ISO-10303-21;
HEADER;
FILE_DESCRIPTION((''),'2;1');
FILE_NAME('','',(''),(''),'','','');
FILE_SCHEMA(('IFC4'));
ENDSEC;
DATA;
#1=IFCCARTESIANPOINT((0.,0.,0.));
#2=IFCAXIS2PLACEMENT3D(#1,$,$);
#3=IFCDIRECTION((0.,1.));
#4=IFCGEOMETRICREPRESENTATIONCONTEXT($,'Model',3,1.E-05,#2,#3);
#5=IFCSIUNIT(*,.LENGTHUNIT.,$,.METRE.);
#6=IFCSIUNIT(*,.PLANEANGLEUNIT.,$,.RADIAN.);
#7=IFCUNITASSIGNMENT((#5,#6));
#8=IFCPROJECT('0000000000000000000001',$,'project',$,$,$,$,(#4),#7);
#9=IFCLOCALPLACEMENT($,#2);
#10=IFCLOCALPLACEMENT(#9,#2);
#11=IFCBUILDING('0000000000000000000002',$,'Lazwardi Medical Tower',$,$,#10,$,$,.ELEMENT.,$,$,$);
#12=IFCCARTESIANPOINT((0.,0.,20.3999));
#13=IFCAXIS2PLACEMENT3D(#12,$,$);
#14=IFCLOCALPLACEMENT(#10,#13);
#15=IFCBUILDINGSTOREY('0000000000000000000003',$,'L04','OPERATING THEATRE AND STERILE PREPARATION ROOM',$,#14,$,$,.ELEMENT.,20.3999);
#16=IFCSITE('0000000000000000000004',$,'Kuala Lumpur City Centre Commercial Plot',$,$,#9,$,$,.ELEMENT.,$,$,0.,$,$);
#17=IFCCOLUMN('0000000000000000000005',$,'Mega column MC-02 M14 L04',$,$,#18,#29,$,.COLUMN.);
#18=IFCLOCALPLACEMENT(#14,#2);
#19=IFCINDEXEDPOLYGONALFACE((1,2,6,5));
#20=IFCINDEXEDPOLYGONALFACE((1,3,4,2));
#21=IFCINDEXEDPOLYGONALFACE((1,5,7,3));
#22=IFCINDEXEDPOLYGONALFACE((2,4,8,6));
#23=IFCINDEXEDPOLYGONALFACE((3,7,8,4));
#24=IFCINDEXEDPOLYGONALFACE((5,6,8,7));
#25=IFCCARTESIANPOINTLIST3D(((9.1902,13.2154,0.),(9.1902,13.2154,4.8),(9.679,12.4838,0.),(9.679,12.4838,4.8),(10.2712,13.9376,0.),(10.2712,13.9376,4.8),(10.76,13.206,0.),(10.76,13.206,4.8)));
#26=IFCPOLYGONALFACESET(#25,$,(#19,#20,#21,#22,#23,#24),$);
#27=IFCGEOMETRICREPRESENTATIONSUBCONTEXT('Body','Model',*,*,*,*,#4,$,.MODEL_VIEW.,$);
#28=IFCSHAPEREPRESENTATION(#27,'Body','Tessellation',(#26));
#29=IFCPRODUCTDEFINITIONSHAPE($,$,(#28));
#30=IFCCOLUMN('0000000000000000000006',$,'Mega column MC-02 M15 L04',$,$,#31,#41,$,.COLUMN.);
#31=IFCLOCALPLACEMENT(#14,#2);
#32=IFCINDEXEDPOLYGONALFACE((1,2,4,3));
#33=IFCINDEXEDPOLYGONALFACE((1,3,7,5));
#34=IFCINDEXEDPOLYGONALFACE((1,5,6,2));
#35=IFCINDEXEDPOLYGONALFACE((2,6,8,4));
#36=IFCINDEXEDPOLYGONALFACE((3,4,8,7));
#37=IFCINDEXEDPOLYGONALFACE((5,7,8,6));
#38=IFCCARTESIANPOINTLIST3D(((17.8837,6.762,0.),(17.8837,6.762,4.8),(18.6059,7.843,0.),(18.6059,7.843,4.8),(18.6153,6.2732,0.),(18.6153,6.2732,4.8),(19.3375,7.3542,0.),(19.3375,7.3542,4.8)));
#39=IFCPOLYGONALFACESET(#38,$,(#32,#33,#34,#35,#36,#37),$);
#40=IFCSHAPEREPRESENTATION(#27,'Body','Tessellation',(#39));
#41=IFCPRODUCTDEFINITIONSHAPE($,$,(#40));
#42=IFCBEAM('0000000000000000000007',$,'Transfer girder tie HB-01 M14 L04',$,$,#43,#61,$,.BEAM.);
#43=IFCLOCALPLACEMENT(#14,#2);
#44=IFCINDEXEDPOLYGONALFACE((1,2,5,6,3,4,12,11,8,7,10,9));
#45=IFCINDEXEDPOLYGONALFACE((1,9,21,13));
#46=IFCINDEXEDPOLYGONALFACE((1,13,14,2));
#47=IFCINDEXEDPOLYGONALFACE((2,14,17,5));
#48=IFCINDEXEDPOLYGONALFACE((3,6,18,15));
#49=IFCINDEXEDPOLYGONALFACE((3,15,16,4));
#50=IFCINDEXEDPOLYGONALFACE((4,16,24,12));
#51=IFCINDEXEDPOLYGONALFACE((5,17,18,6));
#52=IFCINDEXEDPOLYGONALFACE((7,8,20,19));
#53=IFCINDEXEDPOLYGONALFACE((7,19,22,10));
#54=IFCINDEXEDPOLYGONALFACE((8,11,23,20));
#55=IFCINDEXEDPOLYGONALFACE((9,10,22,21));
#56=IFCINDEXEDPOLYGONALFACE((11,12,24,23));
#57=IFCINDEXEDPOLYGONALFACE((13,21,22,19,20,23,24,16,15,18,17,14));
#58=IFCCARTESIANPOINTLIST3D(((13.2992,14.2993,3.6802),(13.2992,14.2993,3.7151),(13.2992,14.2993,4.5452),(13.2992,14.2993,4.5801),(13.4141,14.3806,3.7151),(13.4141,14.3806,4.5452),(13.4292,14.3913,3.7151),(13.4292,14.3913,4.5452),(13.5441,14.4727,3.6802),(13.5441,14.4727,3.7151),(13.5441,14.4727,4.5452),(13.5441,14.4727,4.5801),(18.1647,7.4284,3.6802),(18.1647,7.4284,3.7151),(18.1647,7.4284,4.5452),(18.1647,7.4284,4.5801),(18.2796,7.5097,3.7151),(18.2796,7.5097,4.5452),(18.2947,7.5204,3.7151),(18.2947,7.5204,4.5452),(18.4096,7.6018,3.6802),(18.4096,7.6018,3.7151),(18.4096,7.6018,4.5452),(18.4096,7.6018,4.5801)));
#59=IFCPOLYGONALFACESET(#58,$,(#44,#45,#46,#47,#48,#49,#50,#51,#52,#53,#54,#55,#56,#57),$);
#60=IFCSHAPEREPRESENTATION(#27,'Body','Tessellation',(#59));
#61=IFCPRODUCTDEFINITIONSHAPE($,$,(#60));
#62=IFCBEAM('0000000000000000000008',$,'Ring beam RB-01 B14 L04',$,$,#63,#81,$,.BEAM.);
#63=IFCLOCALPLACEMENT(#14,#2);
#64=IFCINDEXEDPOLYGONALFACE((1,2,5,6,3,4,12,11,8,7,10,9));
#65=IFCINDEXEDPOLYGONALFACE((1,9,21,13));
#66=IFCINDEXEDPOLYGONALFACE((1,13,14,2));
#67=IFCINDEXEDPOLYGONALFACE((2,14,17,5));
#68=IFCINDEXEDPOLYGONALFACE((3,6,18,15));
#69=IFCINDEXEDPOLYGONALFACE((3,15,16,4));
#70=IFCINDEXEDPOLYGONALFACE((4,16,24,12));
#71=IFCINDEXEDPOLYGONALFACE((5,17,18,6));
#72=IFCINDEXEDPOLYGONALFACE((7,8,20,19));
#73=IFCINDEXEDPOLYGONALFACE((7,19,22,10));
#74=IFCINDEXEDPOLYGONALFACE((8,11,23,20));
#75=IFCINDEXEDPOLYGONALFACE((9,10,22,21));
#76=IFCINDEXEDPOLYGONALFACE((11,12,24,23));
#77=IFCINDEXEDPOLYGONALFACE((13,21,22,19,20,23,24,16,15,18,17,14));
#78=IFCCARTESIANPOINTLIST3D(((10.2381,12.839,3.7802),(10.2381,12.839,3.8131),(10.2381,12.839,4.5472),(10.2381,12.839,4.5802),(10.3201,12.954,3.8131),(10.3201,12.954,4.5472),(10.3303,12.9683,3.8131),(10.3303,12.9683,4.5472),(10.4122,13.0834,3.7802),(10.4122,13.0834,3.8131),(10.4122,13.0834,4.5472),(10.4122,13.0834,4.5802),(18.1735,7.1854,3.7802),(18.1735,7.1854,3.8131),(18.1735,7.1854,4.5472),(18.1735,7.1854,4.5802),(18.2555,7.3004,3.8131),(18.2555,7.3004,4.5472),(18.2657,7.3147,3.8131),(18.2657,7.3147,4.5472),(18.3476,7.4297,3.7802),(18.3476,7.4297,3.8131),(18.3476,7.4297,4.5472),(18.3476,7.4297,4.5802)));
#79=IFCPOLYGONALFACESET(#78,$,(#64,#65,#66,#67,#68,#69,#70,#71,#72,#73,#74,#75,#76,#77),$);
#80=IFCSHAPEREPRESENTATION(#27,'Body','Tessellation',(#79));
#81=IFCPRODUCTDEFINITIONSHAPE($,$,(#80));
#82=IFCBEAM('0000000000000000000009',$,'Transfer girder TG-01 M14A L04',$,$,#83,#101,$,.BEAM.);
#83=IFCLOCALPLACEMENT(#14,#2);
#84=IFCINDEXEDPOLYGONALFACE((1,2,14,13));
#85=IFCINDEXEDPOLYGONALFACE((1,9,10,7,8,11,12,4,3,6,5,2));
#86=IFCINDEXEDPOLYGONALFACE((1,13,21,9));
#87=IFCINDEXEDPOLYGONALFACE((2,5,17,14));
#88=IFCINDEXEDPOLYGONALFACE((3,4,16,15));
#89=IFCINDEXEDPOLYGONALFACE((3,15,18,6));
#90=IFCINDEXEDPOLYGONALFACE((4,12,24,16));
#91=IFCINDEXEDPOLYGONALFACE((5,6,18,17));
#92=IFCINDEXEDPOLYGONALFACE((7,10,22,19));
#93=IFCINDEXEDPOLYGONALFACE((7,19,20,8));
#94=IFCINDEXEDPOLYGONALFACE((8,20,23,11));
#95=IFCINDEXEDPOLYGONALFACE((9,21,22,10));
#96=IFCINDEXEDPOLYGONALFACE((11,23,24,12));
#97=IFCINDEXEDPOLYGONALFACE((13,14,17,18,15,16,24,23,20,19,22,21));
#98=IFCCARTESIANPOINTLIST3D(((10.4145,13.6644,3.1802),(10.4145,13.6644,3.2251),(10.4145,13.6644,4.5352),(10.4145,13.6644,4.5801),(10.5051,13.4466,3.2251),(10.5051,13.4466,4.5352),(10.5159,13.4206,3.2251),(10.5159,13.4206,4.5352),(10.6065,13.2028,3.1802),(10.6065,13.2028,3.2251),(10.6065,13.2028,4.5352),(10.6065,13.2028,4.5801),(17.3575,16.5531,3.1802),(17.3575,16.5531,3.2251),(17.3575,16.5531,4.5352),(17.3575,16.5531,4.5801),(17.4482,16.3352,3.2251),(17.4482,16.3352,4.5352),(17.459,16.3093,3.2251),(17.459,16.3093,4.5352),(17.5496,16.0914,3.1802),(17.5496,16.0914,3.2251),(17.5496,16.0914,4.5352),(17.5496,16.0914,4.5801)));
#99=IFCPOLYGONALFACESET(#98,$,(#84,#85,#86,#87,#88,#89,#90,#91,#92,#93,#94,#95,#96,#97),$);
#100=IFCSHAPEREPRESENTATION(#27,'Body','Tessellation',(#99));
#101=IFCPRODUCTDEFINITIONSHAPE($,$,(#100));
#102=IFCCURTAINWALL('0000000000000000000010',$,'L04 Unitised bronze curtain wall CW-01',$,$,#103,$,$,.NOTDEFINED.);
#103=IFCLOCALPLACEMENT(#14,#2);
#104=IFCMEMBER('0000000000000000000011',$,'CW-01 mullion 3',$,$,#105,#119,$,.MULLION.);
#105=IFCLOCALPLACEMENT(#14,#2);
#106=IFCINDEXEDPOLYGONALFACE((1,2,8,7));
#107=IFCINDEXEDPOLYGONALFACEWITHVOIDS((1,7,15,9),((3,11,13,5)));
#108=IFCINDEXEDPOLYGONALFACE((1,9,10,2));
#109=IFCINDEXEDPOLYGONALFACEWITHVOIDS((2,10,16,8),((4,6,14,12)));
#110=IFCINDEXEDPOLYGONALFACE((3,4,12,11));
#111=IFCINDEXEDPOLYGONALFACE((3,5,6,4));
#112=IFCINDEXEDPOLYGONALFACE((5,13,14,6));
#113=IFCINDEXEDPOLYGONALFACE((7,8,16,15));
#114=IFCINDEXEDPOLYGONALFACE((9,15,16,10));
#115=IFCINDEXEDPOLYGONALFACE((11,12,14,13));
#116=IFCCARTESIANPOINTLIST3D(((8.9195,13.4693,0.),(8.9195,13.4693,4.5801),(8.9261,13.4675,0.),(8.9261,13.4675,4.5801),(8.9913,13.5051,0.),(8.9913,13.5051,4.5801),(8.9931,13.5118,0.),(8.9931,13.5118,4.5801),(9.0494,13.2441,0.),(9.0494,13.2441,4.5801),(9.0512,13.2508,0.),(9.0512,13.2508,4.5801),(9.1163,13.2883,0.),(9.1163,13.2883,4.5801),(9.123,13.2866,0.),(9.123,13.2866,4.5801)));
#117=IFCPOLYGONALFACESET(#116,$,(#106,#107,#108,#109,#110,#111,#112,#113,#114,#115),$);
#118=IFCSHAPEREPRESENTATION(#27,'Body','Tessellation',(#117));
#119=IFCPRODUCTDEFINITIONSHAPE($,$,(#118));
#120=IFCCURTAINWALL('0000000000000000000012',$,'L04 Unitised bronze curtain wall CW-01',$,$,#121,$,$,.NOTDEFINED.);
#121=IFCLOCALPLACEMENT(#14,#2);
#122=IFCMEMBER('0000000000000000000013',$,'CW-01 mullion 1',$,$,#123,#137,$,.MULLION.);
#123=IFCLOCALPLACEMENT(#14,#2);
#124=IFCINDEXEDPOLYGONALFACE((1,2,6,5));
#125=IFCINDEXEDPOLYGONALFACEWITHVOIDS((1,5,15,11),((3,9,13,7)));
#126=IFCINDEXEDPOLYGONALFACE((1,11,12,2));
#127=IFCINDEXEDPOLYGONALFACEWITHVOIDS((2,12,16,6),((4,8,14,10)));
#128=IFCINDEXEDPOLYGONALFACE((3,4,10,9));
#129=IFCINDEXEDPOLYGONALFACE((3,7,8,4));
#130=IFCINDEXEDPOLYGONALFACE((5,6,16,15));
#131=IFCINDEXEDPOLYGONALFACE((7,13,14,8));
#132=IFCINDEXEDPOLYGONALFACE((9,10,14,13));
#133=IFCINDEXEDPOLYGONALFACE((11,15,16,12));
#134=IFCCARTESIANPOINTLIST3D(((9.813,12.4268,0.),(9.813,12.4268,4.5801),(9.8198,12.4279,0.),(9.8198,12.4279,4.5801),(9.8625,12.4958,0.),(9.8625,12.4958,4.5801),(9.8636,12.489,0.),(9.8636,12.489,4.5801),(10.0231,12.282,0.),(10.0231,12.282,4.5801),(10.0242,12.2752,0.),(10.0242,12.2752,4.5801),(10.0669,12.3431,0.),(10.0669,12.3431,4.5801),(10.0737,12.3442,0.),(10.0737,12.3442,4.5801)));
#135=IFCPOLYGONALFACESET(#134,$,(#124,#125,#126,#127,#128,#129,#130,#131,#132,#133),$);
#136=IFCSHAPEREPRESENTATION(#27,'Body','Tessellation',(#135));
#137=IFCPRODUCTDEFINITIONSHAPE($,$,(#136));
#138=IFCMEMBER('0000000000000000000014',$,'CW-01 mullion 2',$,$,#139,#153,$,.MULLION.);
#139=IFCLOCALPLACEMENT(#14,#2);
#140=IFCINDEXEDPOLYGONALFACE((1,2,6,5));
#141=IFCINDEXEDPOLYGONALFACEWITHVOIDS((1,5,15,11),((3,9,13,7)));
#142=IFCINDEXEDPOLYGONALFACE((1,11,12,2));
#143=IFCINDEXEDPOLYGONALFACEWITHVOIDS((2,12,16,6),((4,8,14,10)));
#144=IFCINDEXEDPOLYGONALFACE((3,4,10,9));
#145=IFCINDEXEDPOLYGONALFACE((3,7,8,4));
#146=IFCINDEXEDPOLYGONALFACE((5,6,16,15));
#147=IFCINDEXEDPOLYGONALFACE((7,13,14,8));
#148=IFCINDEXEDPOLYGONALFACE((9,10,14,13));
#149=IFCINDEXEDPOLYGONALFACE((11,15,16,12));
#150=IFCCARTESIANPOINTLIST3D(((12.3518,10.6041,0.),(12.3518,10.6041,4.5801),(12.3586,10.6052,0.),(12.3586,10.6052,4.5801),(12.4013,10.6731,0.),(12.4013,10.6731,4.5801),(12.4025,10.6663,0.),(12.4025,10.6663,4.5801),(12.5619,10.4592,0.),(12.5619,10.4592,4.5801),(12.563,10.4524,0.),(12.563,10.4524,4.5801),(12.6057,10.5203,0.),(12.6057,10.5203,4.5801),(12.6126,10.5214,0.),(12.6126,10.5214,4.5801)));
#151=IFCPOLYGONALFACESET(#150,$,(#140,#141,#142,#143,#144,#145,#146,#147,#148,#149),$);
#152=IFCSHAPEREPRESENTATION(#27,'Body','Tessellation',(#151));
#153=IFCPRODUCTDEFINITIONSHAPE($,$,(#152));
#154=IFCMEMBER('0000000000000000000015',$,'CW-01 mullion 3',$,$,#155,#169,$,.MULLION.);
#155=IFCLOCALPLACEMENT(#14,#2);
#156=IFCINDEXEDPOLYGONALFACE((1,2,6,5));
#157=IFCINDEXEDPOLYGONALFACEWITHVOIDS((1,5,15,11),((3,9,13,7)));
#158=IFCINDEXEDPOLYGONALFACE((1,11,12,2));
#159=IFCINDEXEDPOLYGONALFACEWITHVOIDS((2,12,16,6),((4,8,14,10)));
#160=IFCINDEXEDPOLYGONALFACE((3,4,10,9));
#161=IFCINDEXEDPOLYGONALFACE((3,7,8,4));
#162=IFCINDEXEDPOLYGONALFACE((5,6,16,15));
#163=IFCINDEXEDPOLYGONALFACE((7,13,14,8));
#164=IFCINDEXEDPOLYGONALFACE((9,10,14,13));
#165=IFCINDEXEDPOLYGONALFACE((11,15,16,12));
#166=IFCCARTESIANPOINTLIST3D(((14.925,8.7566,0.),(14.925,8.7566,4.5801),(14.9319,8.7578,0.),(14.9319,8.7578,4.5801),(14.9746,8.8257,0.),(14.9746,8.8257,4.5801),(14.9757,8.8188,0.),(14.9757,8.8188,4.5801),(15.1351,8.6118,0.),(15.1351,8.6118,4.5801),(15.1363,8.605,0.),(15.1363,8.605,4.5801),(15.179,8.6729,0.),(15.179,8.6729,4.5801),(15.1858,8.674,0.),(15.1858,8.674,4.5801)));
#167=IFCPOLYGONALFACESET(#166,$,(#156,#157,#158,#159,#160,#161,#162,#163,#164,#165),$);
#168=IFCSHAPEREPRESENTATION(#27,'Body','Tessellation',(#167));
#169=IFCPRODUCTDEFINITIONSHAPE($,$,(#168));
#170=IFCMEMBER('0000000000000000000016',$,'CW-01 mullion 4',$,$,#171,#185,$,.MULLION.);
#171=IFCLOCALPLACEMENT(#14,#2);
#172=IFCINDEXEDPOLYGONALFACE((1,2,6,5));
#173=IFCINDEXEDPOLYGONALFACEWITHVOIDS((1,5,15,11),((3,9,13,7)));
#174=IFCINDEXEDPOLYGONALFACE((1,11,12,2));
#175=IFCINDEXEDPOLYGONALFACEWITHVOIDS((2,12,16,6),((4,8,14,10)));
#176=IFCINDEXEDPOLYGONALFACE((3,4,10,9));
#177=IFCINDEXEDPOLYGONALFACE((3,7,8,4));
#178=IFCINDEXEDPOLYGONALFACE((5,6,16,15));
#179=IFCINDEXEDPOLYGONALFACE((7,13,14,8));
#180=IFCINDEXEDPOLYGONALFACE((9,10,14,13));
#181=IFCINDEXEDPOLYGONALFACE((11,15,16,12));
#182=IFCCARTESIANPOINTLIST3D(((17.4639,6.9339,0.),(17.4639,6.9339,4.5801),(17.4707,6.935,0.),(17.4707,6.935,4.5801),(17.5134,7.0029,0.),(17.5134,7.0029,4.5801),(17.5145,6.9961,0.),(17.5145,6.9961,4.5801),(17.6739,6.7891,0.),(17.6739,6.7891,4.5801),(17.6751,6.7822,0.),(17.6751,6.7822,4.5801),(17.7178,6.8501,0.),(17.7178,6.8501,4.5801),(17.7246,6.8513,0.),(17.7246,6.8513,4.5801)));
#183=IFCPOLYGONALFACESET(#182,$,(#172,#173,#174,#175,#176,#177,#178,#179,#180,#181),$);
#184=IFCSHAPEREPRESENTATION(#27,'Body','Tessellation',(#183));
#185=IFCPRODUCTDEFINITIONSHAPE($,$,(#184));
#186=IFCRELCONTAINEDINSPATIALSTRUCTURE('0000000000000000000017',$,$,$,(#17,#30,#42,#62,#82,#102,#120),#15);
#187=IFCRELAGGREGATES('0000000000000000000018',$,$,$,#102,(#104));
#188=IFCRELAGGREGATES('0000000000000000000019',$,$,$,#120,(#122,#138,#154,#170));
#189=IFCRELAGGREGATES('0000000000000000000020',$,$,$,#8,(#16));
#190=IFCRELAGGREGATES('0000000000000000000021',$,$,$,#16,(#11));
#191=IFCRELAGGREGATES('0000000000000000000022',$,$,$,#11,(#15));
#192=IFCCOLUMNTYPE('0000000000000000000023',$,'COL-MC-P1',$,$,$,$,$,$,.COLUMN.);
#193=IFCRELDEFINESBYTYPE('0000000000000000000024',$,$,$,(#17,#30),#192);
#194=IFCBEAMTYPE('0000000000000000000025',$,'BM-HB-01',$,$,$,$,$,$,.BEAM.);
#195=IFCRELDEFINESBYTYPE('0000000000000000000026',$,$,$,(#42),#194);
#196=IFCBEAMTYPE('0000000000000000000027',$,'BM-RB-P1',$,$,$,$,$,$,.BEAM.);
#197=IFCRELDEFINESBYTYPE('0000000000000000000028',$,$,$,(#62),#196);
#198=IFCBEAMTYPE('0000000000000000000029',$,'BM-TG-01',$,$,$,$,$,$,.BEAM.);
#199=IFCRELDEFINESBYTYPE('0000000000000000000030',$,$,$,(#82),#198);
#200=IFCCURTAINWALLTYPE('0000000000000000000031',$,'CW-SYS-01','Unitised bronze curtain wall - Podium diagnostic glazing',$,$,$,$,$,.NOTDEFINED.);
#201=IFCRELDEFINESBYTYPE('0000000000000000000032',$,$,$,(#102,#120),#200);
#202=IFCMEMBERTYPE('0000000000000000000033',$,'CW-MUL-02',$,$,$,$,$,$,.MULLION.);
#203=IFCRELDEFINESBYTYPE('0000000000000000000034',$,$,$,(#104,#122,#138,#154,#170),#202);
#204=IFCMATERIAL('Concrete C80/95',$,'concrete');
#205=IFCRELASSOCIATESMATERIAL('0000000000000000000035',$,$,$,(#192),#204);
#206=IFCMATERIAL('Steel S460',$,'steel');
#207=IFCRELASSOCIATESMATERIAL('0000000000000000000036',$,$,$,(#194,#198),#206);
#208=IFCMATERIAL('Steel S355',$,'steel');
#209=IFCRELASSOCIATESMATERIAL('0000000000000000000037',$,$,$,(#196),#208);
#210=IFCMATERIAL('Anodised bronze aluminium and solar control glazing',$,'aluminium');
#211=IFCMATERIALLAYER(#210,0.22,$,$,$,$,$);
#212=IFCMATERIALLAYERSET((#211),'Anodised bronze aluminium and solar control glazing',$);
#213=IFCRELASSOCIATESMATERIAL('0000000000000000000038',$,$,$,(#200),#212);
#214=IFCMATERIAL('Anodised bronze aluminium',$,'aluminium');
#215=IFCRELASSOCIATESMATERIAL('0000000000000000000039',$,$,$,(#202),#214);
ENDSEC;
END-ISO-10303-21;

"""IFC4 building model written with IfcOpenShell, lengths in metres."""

from ifc_helpers import new_model, si_unit, direction, frame, origin, origin_2d, place, context, subcontext, project, spatial, rectangle, hollow_rectangle, i_section, extrude, material, layer, layer_set, material_profile, profile_set, type_object, element, aggregate, save


model = new_model("IFC4")

# Units and contexts
model_context = context("Model", 3, precision=1e-05, world=origin(), true_north=direction((0.0, 1.0)))
body_context = subcontext(model_context, "Body", "Model", "MODEL_VIEW")
ifc_project = project(units=[si_unit("LENGTHUNIT", "METRE"), si_unit("PLANEANGLEUNIT", "RADIAN")], contexts=[model_context])

# Site, building, storey
site_placement = place(None, origin())
site = spatial("IfcSite", under=ifc_project, at=site_placement, Name="Kuala Lumpur City Centre Commercial Plot", CompositionType="ELEMENT", RefElevation=0.0)
building_placement = place(site_placement, origin())
building = spatial("IfcBuilding", under=site, at=building_placement, Name="Lazwardi Medical Tower", CompositionType="ELEMENT")
storey_placement = place(building_placement, frame((0.0, 0.0, 20.3999)))
storey = spatial("IfcBuildingStorey", under=building, at=storey_placement, Name="L04", Description="OPERATING THEATRE AND STERILE PREPARATION ROOM", CompositionType="ELEMENT", Elevation=20.3999)

# Columns
ifc_material_1 = material(Name="Concrete C80/95", Category="concrete")
ifc_material_profile_1 = material_profile(ifc_material_1, rectangle(XDim=1.3, YDim=0.8799, at=origin_2d()), Name="CFT-RECT 1300x880")
ifc_profile_set_1 = profile_set([ifc_material_profile_1], Name="Concrete C80/95")
column_type = type_object("IfcColumnType", Name="COL-MC-P1", PredefinedType="COLUMN", material=ifc_profile_set_1)
for number, where, z_axis, x_axis, name in (
    (1, (9.9751, 13.2107, 0.0), (0.0, 0.0, 1.0), (-0.83147, -0.55557, 0.0), "Mega column MC-02 M14 L04"),
    (2, (18.6106, 7.0581, 0.0), (0.0, 0.0, 1.0), (-0.55557, -0.83147, 0.0), "Mega column MC-02 M15 L04"),
):
    element("IfcColumn", number, at=place(storey_placement, frame(where, z_axis=z_axis, x_axis=x_axis)), inside=storey, type_object=column_type, Name=name, PredefinedType="COLUMN", context=body_context, shape_type="SweptSolid", body=[
        extrude(rectangle(XDim=1.3, YDim=0.8799, at=origin_2d()), origin(), (0.0, 0.0, 1.0), 4.8),
    ])

# Beams
ifc_material_2 = material(Name="Steel S460", Category="steel")
ifc_material_profile_2 = material_profile(ifc_material_2, i_section(OverallWidth=0.3, OverallDepth=0.8999, WebThickness=0.0186, FlangeThickness=0.0349, at=origin_2d()), Name="HEB 900")
ifc_profile_set_2 = profile_set([ifc_material_profile_2], Name="Steel S460")
beam_type_1 = type_object("IfcBeamType", Name="BM-HB-01", PredefinedType="BEAM", material=ifc_profile_set_2)
beam_1_placement = place(storey_placement, frame((13.4216, 14.386, 4.1301), z_axis=(0.577909, -0.816101, 0.0), x_axis=(0.816101, 0.577909, 0.0)))
element("IfcBeam", 3, at=beam_1_placement, inside=storey, type_object=beam_type_1, Name="Transfer girder tie HB-01 M14 L04", PredefinedType="BEAM", context=body_context, shape_type="SweptSolid", body=[
    extrude(i_section(OverallWidth=0.3, OverallDepth=0.8999, WebThickness=0.0186, FlangeThickness=0.0349, at=origin_2d()), origin(), (0.0, 0.0, 1.0), 8.4192),
])
ifc_material_3 = material(Name="Steel S355", Category="steel")
ifc_material_profile_3 = material_profile(ifc_material_3, i_section(OverallWidth=0.3, OverallDepth=0.8, WebThickness=0.0176, FlangeThickness=0.033, at=origin_2d()), Name="HEB 800")
ifc_profile_set_3 = profile_set([ifc_material_profile_3], Name="Steel S355")
beam_type_2 = type_object("IfcBeamType", Name="BM-RB-P1", PredefinedType="BEAM", material=ifc_profile_set_3)
beam_2_placement = place(storey_placement, frame((10.3252, 12.9612, 4.1802), z_axis=(0.814437, -0.580252, 0.0), x_axis=(0.580252, 0.814437, 0.0)))
element("IfcBeam", 4, at=beam_2_placement, inside=storey, type_object=beam_type_2, Name="Ring beam RB-01 B14 L04", PredefinedType="BEAM", context=body_context, shape_type="SweptSolid", body=[
    extrude(i_section(OverallWidth=0.3, OverallDepth=0.8, WebThickness=0.0176, FlangeThickness=0.033, at=origin_2d()), origin(), (0.0, 0.0, 1.0), 9.7434),
])
ifc_material_profile_4 = material_profile(ifc_material_2, i_section(OverallWidth=0.5, OverallDepth=1.3999, WebThickness=0.0281, FlangeThickness=0.0449, at=origin_2d()), Name="PG 1400x500")
ifc_profile_set_4 = profile_set([ifc_material_profile_4], Name="Steel S460")
beam_type_3 = type_object("IfcBeamType", Name="BM-TG-01", PredefinedType="BEAM", material=ifc_profile_set_4)
beam_3_placement = place(storey_placement, frame((10.5105, 13.4336, 3.8801), z_axis=(0.923279, 0.384129, 0.0), x_axis=(-0.384129, 0.923279, 0.0)))
element("IfcBeam", 5, at=beam_3_placement, inside=storey, type_object=beam_type_3, Name="Transfer girder TG-01 M14A L04", PredefinedType="BEAM", context=body_context, shape_type="SweptSolid", body=[
    extrude(i_section(OverallWidth=0.5, OverallDepth=1.3999, WebThickness=0.0281, FlangeThickness=0.0449, at=origin_2d()), origin(), (0.0, 0.0, 1.0), 7.52),
])

# Curtain wall, member
ifc_material_4 = material(Name="Anodised bronze aluminium and solar control glazing", Category="aluminium")
ifc_layer_1 = layer(ifc_material_4, 0.22)
ifc_layer_set_1 = layer_set([ifc_layer_1], Name="Anodised bronze aluminium and solar control glazing")
curtain_wall_type = type_object("IfcCurtainWallType", Name="CW-SYS-01", Description="Unitised bronze curtain wall - Podium diagnostic glazing", PredefinedType="NOTDEFINED", material=ifc_layer_set_1)
curtain_wall_1_placement = place(storey_placement, origin())
curtain_wall_1 = element("IfcCurtainWall", 6, at=curtain_wall_1_placement, inside=storey, type_object=curtain_wall_type, Name="L04 Unitised bronze curtain wall CW-01", PredefinedType="NOTDEFINED")
ifc_material_5 = material(Name="Anodised bronze aluminium", Category="aluminium")
ifc_material_profile_5 = material_profile(ifc_material_5, hollow_rectangle(XDim=0.085, YDim=0.26, WallThickness=0.0049, at=origin_2d()), Name="ALU-MULLION 260x85x5")
ifc_profile_set_5 = profile_set([ifc_material_profile_5], Name="Anodised bronze aluminium")
member_type_1 = type_object("IfcMemberType", Name="CW-MUL-02", PredefinedType="MULLION", material=ifc_profile_set_5)
member_1_placement = place(storey_placement, frame((9.0212, 13.3779, 0.0), z_axis=(0.0, 0.0, 1.0), x_axis=(0.866181, 0.499731, 0.0)))
member_1 = element("IfcMember", 7, at=member_1_placement, type_object=member_type_1, Name="CW-01 mullion 3", PredefinedType="MULLION", context=body_context, shape_type="SweptSolid", body=[
    extrude(hollow_rectangle(XDim=0.085, YDim=0.26, WallThickness=0.0049, at=origin_2d()), origin(), (0.0, 0.0, 1.0), 4.5801),
])
aggregate(curtain_wall_1, [member_1])

# Curtain wall, members
curtain_wall_2_placement = place(storey_placement, origin())
curtain_wall_2 = element("IfcCurtainWall", 8, at=curtain_wall_2_placement, inside=storey, type_object=curtain_wall_type, Name="L04 Unitised bronze curtain wall CW-01", PredefinedType="NOTDEFINED")
member_2_placement = place(storey_placement, frame((9.9434, 12.3855, 0.0), z_axis=(0.0, 0.0, 1.0), x_axis=(0.583214, 0.812318, 0.0)))
member_2 = element("IfcMember", 9, at=member_2_placement, type_object=member_type_1, Name="CW-01 mullion 1", PredefinedType="MULLION", context=body_context, shape_type="SweptSolid", body=[
    extrude(hollow_rectangle(XDim=0.085, YDim=0.26, WallThickness=0.0049, at=origin_2d()), origin(), (0.0, 0.0, 1.0), 4.5801),
])
member_3_placement = place(storey_placement, frame((12.4822, 10.5627, 0.0), z_axis=(0.0, 0.0, 1.0), x_axis=(0.583214, 0.812318, 0.0)))
member_3 = element("IfcMember", 10, at=member_3_placement, type_object=member_type_1, Name="CW-01 mullion 2", PredefinedType="MULLION", context=body_context, shape_type="SweptSolid", body=[
    extrude(hollow_rectangle(XDim=0.085, YDim=0.26, WallThickness=0.0049, at=origin_2d()), origin(), (0.0, 0.0, 1.0), 4.5801),
])
member_4_placement = place(storey_placement, frame((15.0554, 8.7153, 0.0), z_axis=(0.0, 0.0, 1.0), x_axis=(0.583214, 0.812318, 0.0)))
member_4 = element("IfcMember", 11, at=member_4_placement, type_object=member_type_1, Name="CW-01 mullion 3", PredefinedType="MULLION", context=body_context, shape_type="SweptSolid", body=[
    extrude(hollow_rectangle(XDim=0.085, YDim=0.26, WallThickness=0.0049, at=origin_2d()), origin(), (0.0, 0.0, 1.0), 4.5801),
])
member_5_placement = place(storey_placement, frame((17.5942, 6.8926, 0.0), z_axis=(0.0, 0.0, 1.0), x_axis=(0.583214, 0.812318, 0.0)))
member_5 = element("IfcMember", 12, at=member_5_placement, type_object=member_type_1, Name="CW-01 mullion 4", PredefinedType="MULLION", context=body_context, shape_type="SweptSolid", body=[
    extrude(hollow_rectangle(XDim=0.085, YDim=0.26, WallThickness=0.0049, at=origin_2d()), origin(), (0.0, 0.0, 1.0), 4.5801),
])
aggregate(curtain_wall_2, [member_2, member_3, member_4, member_5])

save(model, "model.ifc")
